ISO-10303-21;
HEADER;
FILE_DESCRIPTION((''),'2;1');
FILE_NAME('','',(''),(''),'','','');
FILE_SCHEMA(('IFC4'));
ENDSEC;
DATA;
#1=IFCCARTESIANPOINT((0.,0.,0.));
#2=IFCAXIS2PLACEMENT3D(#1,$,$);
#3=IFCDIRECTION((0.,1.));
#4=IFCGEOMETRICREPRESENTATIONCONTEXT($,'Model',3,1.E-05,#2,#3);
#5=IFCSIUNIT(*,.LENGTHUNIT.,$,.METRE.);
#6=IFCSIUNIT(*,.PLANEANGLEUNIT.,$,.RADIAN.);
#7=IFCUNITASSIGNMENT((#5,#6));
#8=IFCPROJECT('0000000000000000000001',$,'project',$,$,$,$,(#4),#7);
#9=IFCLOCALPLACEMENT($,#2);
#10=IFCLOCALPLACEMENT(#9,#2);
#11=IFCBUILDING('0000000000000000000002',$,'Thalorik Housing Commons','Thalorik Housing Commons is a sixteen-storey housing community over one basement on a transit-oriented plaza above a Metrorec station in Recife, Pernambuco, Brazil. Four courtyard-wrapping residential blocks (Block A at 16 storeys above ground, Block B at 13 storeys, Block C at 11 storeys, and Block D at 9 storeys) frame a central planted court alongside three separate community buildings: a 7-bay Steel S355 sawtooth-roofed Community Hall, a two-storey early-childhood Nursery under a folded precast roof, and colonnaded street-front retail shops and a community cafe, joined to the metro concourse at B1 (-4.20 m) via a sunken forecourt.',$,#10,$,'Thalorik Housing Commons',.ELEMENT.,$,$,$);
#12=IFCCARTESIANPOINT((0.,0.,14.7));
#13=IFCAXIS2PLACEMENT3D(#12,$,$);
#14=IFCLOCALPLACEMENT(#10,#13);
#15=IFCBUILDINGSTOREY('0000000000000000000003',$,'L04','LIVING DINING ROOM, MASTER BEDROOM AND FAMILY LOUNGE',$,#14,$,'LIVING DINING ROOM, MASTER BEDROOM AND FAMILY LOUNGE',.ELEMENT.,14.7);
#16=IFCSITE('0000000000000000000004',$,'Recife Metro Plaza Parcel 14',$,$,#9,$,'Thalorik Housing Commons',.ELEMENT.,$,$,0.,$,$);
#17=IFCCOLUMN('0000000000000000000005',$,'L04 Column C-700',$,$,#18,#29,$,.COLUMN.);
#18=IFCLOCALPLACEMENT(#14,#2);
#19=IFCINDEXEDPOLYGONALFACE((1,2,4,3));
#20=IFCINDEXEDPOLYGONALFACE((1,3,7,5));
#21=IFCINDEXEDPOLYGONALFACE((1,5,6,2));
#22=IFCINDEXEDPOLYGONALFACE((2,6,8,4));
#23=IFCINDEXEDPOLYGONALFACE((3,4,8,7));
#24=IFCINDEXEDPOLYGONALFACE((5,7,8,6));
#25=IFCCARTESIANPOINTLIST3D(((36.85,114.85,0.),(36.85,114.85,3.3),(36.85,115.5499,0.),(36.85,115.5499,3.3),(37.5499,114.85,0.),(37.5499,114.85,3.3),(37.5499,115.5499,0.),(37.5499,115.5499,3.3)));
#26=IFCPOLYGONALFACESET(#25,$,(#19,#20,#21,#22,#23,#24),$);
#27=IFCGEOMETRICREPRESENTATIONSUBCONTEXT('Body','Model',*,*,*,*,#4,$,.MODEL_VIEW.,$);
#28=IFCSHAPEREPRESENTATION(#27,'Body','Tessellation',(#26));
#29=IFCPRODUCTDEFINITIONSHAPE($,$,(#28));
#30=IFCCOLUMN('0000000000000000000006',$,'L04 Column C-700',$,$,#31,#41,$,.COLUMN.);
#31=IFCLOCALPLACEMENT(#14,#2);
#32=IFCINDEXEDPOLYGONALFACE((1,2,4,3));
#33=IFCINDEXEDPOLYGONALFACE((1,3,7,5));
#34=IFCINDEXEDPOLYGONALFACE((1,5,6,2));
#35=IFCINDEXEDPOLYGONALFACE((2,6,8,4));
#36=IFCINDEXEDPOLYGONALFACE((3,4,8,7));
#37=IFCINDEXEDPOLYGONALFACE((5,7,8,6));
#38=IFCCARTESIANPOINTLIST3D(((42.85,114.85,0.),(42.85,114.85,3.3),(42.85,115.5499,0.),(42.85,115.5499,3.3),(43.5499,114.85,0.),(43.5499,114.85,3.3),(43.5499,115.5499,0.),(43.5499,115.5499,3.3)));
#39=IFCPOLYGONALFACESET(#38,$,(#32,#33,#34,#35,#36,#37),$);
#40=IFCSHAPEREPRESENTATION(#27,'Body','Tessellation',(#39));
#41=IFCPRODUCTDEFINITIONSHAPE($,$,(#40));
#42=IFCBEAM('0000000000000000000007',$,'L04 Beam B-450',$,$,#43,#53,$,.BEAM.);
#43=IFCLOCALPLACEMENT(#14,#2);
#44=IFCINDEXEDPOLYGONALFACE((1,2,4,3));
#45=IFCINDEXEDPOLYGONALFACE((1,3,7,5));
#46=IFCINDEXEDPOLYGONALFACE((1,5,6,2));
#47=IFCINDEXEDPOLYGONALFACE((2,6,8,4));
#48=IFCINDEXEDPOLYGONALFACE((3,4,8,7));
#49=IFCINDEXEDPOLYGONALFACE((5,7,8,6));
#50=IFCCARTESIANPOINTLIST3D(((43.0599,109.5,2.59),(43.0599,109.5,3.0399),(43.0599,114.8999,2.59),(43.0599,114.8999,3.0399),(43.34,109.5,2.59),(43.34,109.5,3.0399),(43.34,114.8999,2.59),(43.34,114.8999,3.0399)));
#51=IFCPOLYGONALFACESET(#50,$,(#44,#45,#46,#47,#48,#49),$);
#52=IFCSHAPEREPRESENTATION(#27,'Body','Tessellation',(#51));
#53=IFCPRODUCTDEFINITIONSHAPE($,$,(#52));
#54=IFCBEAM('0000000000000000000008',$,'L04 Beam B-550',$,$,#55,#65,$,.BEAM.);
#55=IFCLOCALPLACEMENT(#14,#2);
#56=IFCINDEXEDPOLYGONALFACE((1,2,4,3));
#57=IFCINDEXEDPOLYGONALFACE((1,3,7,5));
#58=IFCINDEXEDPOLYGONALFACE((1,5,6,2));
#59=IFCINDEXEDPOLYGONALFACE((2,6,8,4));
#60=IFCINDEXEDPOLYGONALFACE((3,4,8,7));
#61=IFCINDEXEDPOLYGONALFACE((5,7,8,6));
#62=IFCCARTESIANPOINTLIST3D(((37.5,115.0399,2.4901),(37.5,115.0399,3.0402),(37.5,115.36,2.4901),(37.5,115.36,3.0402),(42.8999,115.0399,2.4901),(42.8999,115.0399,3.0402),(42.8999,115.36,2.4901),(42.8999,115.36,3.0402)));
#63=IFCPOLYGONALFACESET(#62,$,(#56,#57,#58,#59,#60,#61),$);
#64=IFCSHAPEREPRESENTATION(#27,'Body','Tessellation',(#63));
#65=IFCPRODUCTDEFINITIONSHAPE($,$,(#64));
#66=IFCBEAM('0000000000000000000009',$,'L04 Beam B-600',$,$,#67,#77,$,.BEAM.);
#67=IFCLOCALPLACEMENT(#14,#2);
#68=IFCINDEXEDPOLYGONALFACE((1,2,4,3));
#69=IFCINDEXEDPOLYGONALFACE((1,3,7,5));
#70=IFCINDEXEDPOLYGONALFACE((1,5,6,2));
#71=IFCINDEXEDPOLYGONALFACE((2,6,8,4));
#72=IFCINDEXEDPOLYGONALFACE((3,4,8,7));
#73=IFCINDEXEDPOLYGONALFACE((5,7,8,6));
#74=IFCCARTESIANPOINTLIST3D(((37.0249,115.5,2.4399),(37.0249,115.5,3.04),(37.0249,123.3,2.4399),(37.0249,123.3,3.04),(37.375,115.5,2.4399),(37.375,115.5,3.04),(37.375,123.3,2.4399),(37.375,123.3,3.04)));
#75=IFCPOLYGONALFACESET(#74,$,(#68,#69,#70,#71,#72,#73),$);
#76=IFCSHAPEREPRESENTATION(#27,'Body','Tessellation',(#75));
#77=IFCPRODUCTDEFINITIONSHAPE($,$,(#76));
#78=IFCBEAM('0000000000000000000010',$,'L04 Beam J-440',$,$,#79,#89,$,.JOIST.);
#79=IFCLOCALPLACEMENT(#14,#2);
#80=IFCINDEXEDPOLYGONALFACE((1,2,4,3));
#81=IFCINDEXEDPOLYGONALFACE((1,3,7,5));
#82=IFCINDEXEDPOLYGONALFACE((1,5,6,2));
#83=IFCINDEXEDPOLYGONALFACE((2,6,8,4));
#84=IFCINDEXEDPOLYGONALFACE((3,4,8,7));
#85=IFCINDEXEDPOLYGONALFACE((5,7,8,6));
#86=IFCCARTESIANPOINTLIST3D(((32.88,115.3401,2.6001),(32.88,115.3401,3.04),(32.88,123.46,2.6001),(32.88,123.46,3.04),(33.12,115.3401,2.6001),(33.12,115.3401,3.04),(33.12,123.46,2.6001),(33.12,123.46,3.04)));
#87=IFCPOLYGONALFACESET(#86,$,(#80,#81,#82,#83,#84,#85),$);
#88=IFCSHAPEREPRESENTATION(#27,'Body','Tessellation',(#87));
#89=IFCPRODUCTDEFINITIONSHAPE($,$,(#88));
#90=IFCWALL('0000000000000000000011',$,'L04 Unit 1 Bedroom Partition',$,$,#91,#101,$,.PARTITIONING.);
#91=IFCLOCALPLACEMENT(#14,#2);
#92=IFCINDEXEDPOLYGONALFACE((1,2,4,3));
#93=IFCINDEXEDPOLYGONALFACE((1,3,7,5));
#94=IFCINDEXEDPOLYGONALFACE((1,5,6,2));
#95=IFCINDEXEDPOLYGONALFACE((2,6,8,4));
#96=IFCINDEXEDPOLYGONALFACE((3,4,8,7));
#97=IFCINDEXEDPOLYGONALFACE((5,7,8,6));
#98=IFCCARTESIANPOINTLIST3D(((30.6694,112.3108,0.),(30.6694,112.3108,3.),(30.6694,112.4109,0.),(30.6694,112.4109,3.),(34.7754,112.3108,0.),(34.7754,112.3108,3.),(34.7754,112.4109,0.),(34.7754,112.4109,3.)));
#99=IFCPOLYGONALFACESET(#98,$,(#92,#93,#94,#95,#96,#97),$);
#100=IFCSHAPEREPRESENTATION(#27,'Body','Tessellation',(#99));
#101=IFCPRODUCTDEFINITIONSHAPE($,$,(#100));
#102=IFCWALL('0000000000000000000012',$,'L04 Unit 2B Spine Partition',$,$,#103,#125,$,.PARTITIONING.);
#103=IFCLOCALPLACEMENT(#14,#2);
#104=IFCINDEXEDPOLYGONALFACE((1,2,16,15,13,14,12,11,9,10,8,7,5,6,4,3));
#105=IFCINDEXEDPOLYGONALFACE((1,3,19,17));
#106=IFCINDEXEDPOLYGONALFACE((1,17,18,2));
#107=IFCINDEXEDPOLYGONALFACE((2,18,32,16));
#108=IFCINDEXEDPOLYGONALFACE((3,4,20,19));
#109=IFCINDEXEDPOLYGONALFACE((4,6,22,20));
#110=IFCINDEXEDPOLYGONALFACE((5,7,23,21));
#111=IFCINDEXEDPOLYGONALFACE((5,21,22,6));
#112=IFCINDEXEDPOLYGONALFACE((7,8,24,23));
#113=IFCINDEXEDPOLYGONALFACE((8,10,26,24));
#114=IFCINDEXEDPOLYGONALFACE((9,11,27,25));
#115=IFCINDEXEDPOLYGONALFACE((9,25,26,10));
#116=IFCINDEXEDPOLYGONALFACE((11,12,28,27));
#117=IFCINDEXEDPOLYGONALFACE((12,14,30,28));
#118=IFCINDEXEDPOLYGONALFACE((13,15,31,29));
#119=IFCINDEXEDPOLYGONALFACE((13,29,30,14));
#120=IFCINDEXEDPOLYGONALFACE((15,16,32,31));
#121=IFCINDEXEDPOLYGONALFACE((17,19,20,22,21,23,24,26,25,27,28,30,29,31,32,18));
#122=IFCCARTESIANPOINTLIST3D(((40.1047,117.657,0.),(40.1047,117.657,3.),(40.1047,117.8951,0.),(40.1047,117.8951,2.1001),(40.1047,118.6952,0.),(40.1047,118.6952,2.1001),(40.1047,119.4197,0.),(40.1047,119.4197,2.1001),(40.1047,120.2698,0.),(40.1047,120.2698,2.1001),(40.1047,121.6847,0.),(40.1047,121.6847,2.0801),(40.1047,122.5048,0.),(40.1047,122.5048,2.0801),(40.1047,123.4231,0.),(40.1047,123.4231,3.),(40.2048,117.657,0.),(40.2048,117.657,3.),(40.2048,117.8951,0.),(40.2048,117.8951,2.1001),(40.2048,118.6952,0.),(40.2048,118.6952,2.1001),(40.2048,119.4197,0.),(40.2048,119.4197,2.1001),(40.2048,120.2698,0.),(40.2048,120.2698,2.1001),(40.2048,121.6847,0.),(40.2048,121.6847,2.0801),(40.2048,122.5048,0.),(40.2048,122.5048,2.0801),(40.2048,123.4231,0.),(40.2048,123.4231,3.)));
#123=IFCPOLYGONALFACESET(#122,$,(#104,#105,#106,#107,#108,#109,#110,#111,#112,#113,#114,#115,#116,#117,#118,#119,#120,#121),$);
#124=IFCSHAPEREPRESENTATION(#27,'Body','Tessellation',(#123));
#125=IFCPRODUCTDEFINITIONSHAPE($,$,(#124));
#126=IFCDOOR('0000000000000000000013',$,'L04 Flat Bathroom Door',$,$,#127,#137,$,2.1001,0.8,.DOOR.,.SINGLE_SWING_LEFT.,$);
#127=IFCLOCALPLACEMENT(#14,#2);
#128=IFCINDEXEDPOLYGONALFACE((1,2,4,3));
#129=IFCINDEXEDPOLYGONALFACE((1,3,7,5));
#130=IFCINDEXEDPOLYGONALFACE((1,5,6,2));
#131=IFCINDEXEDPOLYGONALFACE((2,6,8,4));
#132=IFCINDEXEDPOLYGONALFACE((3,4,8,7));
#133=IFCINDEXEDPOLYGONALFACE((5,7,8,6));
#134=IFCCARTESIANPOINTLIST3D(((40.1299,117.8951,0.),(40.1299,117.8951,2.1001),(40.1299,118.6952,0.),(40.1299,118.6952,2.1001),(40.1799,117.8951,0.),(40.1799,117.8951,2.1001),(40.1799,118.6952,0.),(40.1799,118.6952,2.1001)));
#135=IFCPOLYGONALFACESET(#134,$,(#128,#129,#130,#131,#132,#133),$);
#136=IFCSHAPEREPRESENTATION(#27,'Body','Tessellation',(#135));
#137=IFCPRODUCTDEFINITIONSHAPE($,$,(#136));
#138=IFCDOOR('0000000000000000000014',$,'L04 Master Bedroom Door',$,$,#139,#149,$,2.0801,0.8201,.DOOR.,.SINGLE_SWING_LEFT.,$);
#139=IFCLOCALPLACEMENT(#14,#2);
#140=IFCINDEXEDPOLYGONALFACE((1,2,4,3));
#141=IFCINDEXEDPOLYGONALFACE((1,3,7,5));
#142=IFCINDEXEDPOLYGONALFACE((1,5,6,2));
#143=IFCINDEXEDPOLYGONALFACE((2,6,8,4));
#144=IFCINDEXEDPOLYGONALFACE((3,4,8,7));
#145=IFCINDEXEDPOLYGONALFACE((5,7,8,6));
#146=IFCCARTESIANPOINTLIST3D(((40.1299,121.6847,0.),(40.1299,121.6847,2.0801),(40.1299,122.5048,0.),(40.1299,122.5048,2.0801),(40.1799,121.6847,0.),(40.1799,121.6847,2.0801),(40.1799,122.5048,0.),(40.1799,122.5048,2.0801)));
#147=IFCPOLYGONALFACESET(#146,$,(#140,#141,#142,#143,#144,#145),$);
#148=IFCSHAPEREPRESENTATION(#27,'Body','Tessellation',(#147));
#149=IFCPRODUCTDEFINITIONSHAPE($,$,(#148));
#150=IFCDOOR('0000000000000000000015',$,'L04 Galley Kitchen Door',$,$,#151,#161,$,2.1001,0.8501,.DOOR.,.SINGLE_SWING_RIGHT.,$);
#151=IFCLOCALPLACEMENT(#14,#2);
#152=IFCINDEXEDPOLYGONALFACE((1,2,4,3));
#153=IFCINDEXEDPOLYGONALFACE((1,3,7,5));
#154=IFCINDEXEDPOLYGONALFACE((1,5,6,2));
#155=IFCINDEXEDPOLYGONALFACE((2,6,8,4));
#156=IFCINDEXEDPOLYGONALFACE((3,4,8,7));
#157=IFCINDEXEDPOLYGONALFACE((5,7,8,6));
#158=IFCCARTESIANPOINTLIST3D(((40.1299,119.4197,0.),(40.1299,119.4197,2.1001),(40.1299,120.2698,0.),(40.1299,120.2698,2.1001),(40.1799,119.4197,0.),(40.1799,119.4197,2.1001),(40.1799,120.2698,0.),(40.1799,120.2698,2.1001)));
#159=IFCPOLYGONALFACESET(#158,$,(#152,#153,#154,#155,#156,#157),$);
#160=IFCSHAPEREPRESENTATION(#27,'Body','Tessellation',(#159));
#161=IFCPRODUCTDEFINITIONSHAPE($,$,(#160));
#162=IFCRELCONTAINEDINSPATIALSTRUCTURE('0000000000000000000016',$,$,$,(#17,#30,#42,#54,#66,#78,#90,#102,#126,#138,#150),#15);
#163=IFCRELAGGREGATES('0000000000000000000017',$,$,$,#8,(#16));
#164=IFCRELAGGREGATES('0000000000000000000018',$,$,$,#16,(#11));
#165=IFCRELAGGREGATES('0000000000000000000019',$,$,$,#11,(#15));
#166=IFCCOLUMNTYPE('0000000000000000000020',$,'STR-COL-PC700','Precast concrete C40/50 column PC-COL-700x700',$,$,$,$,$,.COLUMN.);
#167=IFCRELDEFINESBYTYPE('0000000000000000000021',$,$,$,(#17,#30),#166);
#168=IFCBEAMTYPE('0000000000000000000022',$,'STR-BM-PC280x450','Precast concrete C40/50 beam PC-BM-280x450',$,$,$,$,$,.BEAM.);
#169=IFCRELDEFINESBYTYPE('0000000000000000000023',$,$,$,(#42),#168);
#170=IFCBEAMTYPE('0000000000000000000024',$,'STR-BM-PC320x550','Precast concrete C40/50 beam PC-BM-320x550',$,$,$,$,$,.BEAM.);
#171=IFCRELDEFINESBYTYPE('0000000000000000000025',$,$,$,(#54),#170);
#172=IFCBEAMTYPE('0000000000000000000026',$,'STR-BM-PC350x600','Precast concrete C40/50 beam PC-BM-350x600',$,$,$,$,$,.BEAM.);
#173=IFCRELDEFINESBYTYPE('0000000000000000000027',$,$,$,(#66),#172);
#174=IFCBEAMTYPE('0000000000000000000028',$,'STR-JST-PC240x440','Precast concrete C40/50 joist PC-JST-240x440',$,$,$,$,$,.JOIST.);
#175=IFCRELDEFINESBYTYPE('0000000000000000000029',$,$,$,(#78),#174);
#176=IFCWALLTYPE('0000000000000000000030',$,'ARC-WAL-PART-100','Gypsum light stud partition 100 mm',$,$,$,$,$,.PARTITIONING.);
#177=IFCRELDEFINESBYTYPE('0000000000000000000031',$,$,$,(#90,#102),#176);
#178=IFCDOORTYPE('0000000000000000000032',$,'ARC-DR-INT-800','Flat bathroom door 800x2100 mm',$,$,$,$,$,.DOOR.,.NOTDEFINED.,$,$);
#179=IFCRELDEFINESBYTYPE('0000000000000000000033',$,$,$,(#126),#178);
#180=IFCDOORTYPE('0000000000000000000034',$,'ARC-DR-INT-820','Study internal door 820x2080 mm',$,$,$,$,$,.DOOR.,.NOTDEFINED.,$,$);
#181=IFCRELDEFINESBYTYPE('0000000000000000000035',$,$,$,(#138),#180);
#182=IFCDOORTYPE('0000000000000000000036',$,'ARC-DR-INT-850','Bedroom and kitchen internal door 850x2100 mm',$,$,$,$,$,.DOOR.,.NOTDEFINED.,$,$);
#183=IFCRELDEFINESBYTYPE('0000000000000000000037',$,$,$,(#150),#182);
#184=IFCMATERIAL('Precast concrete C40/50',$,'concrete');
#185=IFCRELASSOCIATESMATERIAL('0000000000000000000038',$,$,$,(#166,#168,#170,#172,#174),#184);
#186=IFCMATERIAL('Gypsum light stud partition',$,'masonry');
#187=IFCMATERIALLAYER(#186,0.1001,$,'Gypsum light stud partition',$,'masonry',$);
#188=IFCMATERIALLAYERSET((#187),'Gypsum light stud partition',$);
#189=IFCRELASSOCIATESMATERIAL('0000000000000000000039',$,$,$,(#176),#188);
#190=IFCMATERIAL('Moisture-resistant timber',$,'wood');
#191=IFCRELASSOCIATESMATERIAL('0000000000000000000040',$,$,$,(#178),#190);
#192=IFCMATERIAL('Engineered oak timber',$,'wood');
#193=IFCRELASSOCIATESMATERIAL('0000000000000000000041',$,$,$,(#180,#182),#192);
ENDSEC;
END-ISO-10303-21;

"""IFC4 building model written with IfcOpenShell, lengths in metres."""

from ifc_helpers import new_model, si_unit, direction, frame, frame_2d, origin, origin_2d, place, context, subcontext, project, spatial, rectangle, extrude, material, layer, layer_set, material_profile, profile_set, type_object, element, fill, save


model = new_model("IFC4")

# Units and contexts
model_context = context("Model", 3, precision=1e-05, world=origin(), true_north=direction((0.0, 1.0)))
body_context = subcontext(model_context, "Body", "Model", "MODEL_VIEW")
ifc_project = project(units=[si_unit("LENGTHUNIT", "METRE"), si_unit("PLANEANGLEUNIT", "RADIAN")], contexts=[model_context])

# Site, building, storey
site_placement = place(None, origin())
site = spatial("IfcSite", under=ifc_project, at=site_placement, Name="Recife Metro Plaza Parcel 14", LongName="Thalorik Housing Commons", CompositionType="ELEMENT", RefElevation=0.0)
building_placement = place(site_placement, origin())
building = spatial("IfcBuilding", under=site, at=building_placement, Name="Thalorik Housing Commons", Description="Thalorik Housing Commons is a sixteen-storey housing community over one basement on a transit-oriented plaza above a Metrorec station in Recife, Pernambuco, Brazil. Four courtyard-wrapping residential blocks (Block A at 16 storeys above ground, Block B at 13 storeys, Block C at 11 storeys, and Block D at 9 storeys) frame a central planted court alongside three separate community buildings: a 7-bay Steel S355 sawtooth-roofed Community Hall, a two-storey early-childhood Nursery under a folded precast roof, and colonnaded street-front retail shops and a community cafe, joined to the metro concourse at B1 (-4.20 m) via a sunken forecourt.", LongName="Thalorik Housing Commons", CompositionType="ELEMENT")
storey_placement = place(building_placement, frame((0.0, 0.0, 14.7)))
storey = spatial("IfcBuildingStorey", under=building, at=storey_placement, Name="L04", Description="LIVING DINING ROOM, MASTER BEDROOM AND FAMILY LOUNGE", LongName="LIVING DINING ROOM, MASTER BEDROOM AND FAMILY LOUNGE", CompositionType="ELEMENT", Elevation=14.7)

# Columns
ifc_material_1 = material(Name="Precast concrete C40/50", Category="concrete")
ifc_material_profile_1 = material_profile(ifc_material_1, rectangle(XDim=0.7, YDim=0.7, at=origin_2d()), Name="PC 700x700", Category="concrete")
ifc_profile_set_1 = profile_set([ifc_material_profile_1], Name="Precast concrete C40/50")
column_type = type_object("IfcColumnType", Name="STR-COL-PC700", Description="Precast concrete C40/50 column PC-COL-700x700", PredefinedType="COLUMN", material=ifc_profile_set_1)
for number, where, z_axis, x_axis, name in (
    (1, (37.2, 115.2, 0.0), (0.0, 0.0, 1.0), (1.0, 0.0, 0.0), "L04 Column C-700"),
    (2, (43.2, 115.2, 0.0), (0.0, 0.0, 1.0), (1.0, 0.0, 0.0), "L04 Column C-700"),
):
    element("IfcColumn", number, at=place(storey_placement, frame(where, z_axis=z_axis, x_axis=x_axis)), inside=storey, type_object=column_type, Name=name, PredefinedType="COLUMN", context=body_context, shape_type="SweptSolid", body=[
        extrude(rectangle(XDim=0.7, YDim=0.7, at=origin_2d()), origin(), (0.0, 0.0, 1.0), 3.3),
    ])

# Beams
ifc_material_profile_2 = material_profile(ifc_material_1, rectangle(XDim=0.28, YDim=0.45, at=origin_2d()), Name="PC 280x450", Category="concrete")
ifc_profile_set_2 = profile_set([ifc_material_profile_2], Name="Precast concrete C40/50")
beam_type_1 = type_object("IfcBeamType", Name="STR-BM-PC280x450", Description="Precast concrete C40/50 beam PC-BM-280x450", PredefinedType="BEAM", material=ifc_profile_set_2)
beam_1_placement = place(storey_placement, frame((43.2, 109.5, 2.8149), z_axis=(0.0, 1.0, 0.0), x_axis=(-1.0, 0.0, 0.0)))
element("IfcBeam", 3, at=beam_1_placement, inside=storey, type_object=beam_type_1, Name="L04 Beam B-450", PredefinedType="BEAM", context=body_context, shape_type="SweptSolid", body=[
    extrude(rectangle(XDim=0.28, YDim=0.45, at=origin_2d()), origin(), (0.0, 0.0, 1.0), 5.3999),
])
ifc_material_profile_3 = material_profile(ifc_material_1, rectangle(XDim=0.3201, YDim=0.55, at=origin_2d()), Name="PC 320x550", Category="concrete")
ifc_profile_set_3 = profile_set([ifc_material_profile_3], Name="Precast concrete C40/50")
beam_type_2 = type_object("IfcBeamType", Name="STR-BM-PC320x550", Description="Precast concrete C40/50 beam PC-BM-320x550", PredefinedType="BEAM", material=ifc_profile_set_3)
beam_2_placement = place(storey_placement, frame((37.5, 115.2, 2.7651), z_axis=(1.0, 0.0, 0.0), x_axis=(0.0, 1.0, 0.0)))
element("IfcBeam", 4, at=beam_2_placement, inside=storey, type_object=beam_type_2, Name="L04 Beam B-550", PredefinedType="BEAM", context=body_context, shape_type="SweptSolid", body=[
    extrude(rectangle(XDim=0.3201, YDim=0.55, at=origin_2d()), origin(), (0.0, 0.0, 1.0), 5.3999),
])
ifc_material_profile_4 = material_profile(ifc_material_1, rectangle(XDim=0.3501, YDim=0.6001, at=origin_2d()), Name="PC 350x600", Category="concrete")
ifc_profile_set_4 = profile_set([ifc_material_profile_4], Name="Precast concrete C40/50")
beam_type_3 = type_object("IfcBeamType", Name="STR-BM-PC350x600", Description="Precast concrete C40/50 beam PC-BM-350x600", PredefinedType="BEAM", material=ifc_profile_set_4)
beam_3_placement = place(storey_placement, frame((37.2, 115.5, 2.74), z_axis=(0.0, 1.0, 0.0), x_axis=(-1.0, 0.0, 0.0)))
element("IfcBeam", 5, at=beam_3_placement, inside=storey, type_object=beam_type_3, Name="L04 Beam B-600", PredefinedType="BEAM", context=body_context, shape_type="SweptSolid", body=[
    extrude(rectangle(XDim=0.3501, YDim=0.6001, at=origin_2d()), origin(), (0.0, 0.0, 1.0), 7.8),
])
ifc_material_profile_5 = material_profile(ifc_material_1, rectangle(XDim=0.24, YDim=0.4399, at=origin_2d()), Name="PC JST 240x440", Category="concrete")
ifc_profile_set_5 = profile_set([ifc_material_profile_5], Name="Precast concrete C40/50")
beam_type_4 = type_object("IfcBeamType", Name="STR-JST-PC240x440", Description="Precast concrete C40/50 joist PC-JST-240x440", PredefinedType="JOIST", material=ifc_profile_set_5)
beam_4_placement = place(storey_placement, frame((33.0, 115.3401, 2.8201), z_axis=(0.0, 1.0, 0.0), x_axis=(-1.0, 0.0, 0.0)))
element("IfcBeam", 6, at=beam_4_placement, inside=storey, type_object=beam_type_4, Name="L04 Beam J-440", PredefinedType="JOIST", context=body_context, shape_type="SweptSolid", body=[
    extrude(rectangle(XDim=0.24, YDim=0.4399, at=origin_2d()), origin(), (0.0, 0.0, 1.0), 8.1199),
])

# Wall
ifc_material_2 = material(Name="Gypsum light stud partition", Category="masonry")
ifc_layer_1 = layer(ifc_material_2, 0.1001, Name="Gypsum light stud partition", Category="masonry")
ifc_layer_set_1 = layer_set([ifc_layer_1], Name="Gypsum light stud partition")
wall_type_1 = type_object("IfcWallType", Name="ARC-WAL-PART-100", Description="Gypsum light stud partition 100 mm", PredefinedType="PARTITIONING", material=ifc_layer_set_1)
wall_1_placement = place(storey_placement, frame((30.6694, 112.3608, 0.0), z_axis=(0.0, 0.0, 1.0), x_axis=(1.0, 0.0, 0.0)))
element("IfcWall", 7, at=wall_1_placement, inside=storey, type_object=wall_type_1, Name="L04 Unit 1 Bedroom Partition", PredefinedType="PARTITIONING", context=body_context, shape_type="SweptSolid", body=[
    extrude(rectangle(XDim=4.106, YDim=0.1001, at=frame_2d((2.053, 0.0))), origin(), (0.0, 0.0, 1.0), 3.0),
])

# Wall, openings, doors
wall_2_placement = place(storey_placement, frame((40.1548, 117.657, 0.0), z_axis=(0.0, 0.0, 1.0), x_axis=(0.0, 1.0, 0.0)))
wall_2 = element("IfcWall", 8, at=wall_2_placement, inside=storey, type_object=wall_type_1, Name="L04 Unit 2B Spine Partition", PredefinedType="PARTITIONING", context=body_context, shape_type="SweptSolid", body=[
    extrude(rectangle(XDim=5.7661, YDim=0.1001, at=frame_2d((2.8831, 0.0))), origin(), (0.0, 0.0, 1.0), 3.0),
])
opening_1_placement = place(wall_2_placement, frame((0.2383, 0.0, 0.0)))
opening_1 = element("IfcOpeningElement", 9, at=opening_1_placement, cuts=wall_2, PredefinedType="OPENING", context=body_context, shape_type="SweptSolid", body=[
    extrude(rectangle(XDim=0.8, YDim=2.1001, at=frame_2d((0.3999, 1.05))), frame((0.0, 0.0601, 0.0), z_axis=(0.0, -1.0, 0.0), x_axis=(1.0, 0.0, 0.0)), (0.0, 0.0, 1.0), 0.1201),
])
opening_2_placement = place(wall_2_placement, frame((1.7627, 0.0, 0.0)))
opening_2 = element("IfcOpeningElement", 10, at=opening_2_placement, cuts=wall_2, PredefinedType="OPENING", context=body_context, shape_type="SweptSolid", body=[
    extrude(rectangle(XDim=0.8501, YDim=2.1001, at=frame_2d((0.425, 1.05))), frame((0.0, 0.0601, 0.0), z_axis=(0.0, -1.0, 0.0), x_axis=(1.0, 0.0, 0.0)), (0.0, 0.0, 1.0), 0.1201),
])
opening_3_placement = place(wall_2_placement, frame((4.0276, 0.0, 0.0)))
opening_3 = element("IfcOpeningElement", 11, at=opening_3_placement, cuts=wall_2, PredefinedType="OPENING", context=body_context, shape_type="SweptSolid", body=[
    extrude(rectangle(XDim=0.8201, YDim=2.0801, at=frame_2d((0.4102, 1.04))), frame((0.0, 0.0601, 0.0), z_axis=(0.0, -1.0, 0.0), x_axis=(1.0, 0.0, 0.0)), (0.0, 0.0, 1.0), 0.1201),
])
ifc_material_3 = material(Name="Moisture-resistant timber", Category="wood")
door_type_1 = type_object("IfcDoorType", Name="ARC-DR-INT-800", Description="Flat bathroom door 800x2100 mm", OperationType="NOTDEFINED", PredefinedType="DOOR", material=ifc_material_3)
door_1_placement = place(opening_1_placement, origin())
door_1 = element("IfcDoor", 12, at=door_1_placement, inside=storey, type_object=door_type_1, Name="L04 Flat Bathroom Door", OperationType="SINGLE_SWING_LEFT", OverallHeight=2.1001, OverallWidth=0.8, PredefinedType="DOOR", context=body_context, shape_type="SweptSolid", body=[
    extrude(rectangle(XDim=0.8, YDim=2.1001, at=frame_2d((0.3999, 1.05))), frame((0.0, 0.0249, 0.0), z_axis=(0.0, -1.0, 0.0), x_axis=(1.0, 0.0, 0.0)), (0.0, 0.0, 1.0), 0.05),
])
fill(opening_1, door_1)
ifc_material_4 = material(Name="Engineered oak timber", Category="wood")
door_type_2 = type_object("IfcDoorType", Name="ARC-DR-INT-820", Description="Study internal door 820x2080 mm", OperationType="NOTDEFINED", PredefinedType="DOOR", material=ifc_material_4)
door_2_placement = place(opening_3_placement, origin())
door_2 = element("IfcDoor", 13, at=door_2_placement, inside=storey, type_object=door_type_2, Name="L04 Master Bedroom Door", OperationType="SINGLE_SWING_LEFT", OverallHeight=2.0801, OverallWidth=0.8201, PredefinedType="DOOR", context=body_context, shape_type="SweptSolid", body=[
    extrude(rectangle(XDim=0.8201, YDim=2.0801, at=frame_2d((0.4102, 1.04))), frame((0.0, 0.0249, 0.0), z_axis=(0.0, -1.0, 0.0), x_axis=(1.0, 0.0, 0.0)), (0.0, 0.0, 1.0), 0.05),
])
fill(opening_3, door_2)
door_type_3 = type_object("IfcDoorType", Name="ARC-DR-INT-850", Description="Bedroom and kitchen internal door 850x2100 mm", OperationType="NOTDEFINED", PredefinedType="DOOR", material=ifc_material_4)
door_3_placement = place(opening_2_placement, origin())
door_3 = element("IfcDoor", 14, at=door_3_placement, inside=storey, type_object=door_type_3, Name="L04 Galley Kitchen Door", OperationType="SINGLE_SWING_RIGHT", OverallHeight=2.1001, OverallWidth=0.8501, PredefinedType="DOOR", context=body_context, shape_type="SweptSolid", body=[
    extrude(rectangle(XDim=0.8501, YDim=2.1001, at=frame_2d((0.425, 1.05))), frame((0.0, 0.0249, 0.0), z_axis=(0.0, -1.0, 0.0), x_axis=(1.0, 0.0, 0.0)), (0.0, 0.0, 1.0), 0.05),
])
fill(opening_2, door_3)

save(model, "model.ifc")
